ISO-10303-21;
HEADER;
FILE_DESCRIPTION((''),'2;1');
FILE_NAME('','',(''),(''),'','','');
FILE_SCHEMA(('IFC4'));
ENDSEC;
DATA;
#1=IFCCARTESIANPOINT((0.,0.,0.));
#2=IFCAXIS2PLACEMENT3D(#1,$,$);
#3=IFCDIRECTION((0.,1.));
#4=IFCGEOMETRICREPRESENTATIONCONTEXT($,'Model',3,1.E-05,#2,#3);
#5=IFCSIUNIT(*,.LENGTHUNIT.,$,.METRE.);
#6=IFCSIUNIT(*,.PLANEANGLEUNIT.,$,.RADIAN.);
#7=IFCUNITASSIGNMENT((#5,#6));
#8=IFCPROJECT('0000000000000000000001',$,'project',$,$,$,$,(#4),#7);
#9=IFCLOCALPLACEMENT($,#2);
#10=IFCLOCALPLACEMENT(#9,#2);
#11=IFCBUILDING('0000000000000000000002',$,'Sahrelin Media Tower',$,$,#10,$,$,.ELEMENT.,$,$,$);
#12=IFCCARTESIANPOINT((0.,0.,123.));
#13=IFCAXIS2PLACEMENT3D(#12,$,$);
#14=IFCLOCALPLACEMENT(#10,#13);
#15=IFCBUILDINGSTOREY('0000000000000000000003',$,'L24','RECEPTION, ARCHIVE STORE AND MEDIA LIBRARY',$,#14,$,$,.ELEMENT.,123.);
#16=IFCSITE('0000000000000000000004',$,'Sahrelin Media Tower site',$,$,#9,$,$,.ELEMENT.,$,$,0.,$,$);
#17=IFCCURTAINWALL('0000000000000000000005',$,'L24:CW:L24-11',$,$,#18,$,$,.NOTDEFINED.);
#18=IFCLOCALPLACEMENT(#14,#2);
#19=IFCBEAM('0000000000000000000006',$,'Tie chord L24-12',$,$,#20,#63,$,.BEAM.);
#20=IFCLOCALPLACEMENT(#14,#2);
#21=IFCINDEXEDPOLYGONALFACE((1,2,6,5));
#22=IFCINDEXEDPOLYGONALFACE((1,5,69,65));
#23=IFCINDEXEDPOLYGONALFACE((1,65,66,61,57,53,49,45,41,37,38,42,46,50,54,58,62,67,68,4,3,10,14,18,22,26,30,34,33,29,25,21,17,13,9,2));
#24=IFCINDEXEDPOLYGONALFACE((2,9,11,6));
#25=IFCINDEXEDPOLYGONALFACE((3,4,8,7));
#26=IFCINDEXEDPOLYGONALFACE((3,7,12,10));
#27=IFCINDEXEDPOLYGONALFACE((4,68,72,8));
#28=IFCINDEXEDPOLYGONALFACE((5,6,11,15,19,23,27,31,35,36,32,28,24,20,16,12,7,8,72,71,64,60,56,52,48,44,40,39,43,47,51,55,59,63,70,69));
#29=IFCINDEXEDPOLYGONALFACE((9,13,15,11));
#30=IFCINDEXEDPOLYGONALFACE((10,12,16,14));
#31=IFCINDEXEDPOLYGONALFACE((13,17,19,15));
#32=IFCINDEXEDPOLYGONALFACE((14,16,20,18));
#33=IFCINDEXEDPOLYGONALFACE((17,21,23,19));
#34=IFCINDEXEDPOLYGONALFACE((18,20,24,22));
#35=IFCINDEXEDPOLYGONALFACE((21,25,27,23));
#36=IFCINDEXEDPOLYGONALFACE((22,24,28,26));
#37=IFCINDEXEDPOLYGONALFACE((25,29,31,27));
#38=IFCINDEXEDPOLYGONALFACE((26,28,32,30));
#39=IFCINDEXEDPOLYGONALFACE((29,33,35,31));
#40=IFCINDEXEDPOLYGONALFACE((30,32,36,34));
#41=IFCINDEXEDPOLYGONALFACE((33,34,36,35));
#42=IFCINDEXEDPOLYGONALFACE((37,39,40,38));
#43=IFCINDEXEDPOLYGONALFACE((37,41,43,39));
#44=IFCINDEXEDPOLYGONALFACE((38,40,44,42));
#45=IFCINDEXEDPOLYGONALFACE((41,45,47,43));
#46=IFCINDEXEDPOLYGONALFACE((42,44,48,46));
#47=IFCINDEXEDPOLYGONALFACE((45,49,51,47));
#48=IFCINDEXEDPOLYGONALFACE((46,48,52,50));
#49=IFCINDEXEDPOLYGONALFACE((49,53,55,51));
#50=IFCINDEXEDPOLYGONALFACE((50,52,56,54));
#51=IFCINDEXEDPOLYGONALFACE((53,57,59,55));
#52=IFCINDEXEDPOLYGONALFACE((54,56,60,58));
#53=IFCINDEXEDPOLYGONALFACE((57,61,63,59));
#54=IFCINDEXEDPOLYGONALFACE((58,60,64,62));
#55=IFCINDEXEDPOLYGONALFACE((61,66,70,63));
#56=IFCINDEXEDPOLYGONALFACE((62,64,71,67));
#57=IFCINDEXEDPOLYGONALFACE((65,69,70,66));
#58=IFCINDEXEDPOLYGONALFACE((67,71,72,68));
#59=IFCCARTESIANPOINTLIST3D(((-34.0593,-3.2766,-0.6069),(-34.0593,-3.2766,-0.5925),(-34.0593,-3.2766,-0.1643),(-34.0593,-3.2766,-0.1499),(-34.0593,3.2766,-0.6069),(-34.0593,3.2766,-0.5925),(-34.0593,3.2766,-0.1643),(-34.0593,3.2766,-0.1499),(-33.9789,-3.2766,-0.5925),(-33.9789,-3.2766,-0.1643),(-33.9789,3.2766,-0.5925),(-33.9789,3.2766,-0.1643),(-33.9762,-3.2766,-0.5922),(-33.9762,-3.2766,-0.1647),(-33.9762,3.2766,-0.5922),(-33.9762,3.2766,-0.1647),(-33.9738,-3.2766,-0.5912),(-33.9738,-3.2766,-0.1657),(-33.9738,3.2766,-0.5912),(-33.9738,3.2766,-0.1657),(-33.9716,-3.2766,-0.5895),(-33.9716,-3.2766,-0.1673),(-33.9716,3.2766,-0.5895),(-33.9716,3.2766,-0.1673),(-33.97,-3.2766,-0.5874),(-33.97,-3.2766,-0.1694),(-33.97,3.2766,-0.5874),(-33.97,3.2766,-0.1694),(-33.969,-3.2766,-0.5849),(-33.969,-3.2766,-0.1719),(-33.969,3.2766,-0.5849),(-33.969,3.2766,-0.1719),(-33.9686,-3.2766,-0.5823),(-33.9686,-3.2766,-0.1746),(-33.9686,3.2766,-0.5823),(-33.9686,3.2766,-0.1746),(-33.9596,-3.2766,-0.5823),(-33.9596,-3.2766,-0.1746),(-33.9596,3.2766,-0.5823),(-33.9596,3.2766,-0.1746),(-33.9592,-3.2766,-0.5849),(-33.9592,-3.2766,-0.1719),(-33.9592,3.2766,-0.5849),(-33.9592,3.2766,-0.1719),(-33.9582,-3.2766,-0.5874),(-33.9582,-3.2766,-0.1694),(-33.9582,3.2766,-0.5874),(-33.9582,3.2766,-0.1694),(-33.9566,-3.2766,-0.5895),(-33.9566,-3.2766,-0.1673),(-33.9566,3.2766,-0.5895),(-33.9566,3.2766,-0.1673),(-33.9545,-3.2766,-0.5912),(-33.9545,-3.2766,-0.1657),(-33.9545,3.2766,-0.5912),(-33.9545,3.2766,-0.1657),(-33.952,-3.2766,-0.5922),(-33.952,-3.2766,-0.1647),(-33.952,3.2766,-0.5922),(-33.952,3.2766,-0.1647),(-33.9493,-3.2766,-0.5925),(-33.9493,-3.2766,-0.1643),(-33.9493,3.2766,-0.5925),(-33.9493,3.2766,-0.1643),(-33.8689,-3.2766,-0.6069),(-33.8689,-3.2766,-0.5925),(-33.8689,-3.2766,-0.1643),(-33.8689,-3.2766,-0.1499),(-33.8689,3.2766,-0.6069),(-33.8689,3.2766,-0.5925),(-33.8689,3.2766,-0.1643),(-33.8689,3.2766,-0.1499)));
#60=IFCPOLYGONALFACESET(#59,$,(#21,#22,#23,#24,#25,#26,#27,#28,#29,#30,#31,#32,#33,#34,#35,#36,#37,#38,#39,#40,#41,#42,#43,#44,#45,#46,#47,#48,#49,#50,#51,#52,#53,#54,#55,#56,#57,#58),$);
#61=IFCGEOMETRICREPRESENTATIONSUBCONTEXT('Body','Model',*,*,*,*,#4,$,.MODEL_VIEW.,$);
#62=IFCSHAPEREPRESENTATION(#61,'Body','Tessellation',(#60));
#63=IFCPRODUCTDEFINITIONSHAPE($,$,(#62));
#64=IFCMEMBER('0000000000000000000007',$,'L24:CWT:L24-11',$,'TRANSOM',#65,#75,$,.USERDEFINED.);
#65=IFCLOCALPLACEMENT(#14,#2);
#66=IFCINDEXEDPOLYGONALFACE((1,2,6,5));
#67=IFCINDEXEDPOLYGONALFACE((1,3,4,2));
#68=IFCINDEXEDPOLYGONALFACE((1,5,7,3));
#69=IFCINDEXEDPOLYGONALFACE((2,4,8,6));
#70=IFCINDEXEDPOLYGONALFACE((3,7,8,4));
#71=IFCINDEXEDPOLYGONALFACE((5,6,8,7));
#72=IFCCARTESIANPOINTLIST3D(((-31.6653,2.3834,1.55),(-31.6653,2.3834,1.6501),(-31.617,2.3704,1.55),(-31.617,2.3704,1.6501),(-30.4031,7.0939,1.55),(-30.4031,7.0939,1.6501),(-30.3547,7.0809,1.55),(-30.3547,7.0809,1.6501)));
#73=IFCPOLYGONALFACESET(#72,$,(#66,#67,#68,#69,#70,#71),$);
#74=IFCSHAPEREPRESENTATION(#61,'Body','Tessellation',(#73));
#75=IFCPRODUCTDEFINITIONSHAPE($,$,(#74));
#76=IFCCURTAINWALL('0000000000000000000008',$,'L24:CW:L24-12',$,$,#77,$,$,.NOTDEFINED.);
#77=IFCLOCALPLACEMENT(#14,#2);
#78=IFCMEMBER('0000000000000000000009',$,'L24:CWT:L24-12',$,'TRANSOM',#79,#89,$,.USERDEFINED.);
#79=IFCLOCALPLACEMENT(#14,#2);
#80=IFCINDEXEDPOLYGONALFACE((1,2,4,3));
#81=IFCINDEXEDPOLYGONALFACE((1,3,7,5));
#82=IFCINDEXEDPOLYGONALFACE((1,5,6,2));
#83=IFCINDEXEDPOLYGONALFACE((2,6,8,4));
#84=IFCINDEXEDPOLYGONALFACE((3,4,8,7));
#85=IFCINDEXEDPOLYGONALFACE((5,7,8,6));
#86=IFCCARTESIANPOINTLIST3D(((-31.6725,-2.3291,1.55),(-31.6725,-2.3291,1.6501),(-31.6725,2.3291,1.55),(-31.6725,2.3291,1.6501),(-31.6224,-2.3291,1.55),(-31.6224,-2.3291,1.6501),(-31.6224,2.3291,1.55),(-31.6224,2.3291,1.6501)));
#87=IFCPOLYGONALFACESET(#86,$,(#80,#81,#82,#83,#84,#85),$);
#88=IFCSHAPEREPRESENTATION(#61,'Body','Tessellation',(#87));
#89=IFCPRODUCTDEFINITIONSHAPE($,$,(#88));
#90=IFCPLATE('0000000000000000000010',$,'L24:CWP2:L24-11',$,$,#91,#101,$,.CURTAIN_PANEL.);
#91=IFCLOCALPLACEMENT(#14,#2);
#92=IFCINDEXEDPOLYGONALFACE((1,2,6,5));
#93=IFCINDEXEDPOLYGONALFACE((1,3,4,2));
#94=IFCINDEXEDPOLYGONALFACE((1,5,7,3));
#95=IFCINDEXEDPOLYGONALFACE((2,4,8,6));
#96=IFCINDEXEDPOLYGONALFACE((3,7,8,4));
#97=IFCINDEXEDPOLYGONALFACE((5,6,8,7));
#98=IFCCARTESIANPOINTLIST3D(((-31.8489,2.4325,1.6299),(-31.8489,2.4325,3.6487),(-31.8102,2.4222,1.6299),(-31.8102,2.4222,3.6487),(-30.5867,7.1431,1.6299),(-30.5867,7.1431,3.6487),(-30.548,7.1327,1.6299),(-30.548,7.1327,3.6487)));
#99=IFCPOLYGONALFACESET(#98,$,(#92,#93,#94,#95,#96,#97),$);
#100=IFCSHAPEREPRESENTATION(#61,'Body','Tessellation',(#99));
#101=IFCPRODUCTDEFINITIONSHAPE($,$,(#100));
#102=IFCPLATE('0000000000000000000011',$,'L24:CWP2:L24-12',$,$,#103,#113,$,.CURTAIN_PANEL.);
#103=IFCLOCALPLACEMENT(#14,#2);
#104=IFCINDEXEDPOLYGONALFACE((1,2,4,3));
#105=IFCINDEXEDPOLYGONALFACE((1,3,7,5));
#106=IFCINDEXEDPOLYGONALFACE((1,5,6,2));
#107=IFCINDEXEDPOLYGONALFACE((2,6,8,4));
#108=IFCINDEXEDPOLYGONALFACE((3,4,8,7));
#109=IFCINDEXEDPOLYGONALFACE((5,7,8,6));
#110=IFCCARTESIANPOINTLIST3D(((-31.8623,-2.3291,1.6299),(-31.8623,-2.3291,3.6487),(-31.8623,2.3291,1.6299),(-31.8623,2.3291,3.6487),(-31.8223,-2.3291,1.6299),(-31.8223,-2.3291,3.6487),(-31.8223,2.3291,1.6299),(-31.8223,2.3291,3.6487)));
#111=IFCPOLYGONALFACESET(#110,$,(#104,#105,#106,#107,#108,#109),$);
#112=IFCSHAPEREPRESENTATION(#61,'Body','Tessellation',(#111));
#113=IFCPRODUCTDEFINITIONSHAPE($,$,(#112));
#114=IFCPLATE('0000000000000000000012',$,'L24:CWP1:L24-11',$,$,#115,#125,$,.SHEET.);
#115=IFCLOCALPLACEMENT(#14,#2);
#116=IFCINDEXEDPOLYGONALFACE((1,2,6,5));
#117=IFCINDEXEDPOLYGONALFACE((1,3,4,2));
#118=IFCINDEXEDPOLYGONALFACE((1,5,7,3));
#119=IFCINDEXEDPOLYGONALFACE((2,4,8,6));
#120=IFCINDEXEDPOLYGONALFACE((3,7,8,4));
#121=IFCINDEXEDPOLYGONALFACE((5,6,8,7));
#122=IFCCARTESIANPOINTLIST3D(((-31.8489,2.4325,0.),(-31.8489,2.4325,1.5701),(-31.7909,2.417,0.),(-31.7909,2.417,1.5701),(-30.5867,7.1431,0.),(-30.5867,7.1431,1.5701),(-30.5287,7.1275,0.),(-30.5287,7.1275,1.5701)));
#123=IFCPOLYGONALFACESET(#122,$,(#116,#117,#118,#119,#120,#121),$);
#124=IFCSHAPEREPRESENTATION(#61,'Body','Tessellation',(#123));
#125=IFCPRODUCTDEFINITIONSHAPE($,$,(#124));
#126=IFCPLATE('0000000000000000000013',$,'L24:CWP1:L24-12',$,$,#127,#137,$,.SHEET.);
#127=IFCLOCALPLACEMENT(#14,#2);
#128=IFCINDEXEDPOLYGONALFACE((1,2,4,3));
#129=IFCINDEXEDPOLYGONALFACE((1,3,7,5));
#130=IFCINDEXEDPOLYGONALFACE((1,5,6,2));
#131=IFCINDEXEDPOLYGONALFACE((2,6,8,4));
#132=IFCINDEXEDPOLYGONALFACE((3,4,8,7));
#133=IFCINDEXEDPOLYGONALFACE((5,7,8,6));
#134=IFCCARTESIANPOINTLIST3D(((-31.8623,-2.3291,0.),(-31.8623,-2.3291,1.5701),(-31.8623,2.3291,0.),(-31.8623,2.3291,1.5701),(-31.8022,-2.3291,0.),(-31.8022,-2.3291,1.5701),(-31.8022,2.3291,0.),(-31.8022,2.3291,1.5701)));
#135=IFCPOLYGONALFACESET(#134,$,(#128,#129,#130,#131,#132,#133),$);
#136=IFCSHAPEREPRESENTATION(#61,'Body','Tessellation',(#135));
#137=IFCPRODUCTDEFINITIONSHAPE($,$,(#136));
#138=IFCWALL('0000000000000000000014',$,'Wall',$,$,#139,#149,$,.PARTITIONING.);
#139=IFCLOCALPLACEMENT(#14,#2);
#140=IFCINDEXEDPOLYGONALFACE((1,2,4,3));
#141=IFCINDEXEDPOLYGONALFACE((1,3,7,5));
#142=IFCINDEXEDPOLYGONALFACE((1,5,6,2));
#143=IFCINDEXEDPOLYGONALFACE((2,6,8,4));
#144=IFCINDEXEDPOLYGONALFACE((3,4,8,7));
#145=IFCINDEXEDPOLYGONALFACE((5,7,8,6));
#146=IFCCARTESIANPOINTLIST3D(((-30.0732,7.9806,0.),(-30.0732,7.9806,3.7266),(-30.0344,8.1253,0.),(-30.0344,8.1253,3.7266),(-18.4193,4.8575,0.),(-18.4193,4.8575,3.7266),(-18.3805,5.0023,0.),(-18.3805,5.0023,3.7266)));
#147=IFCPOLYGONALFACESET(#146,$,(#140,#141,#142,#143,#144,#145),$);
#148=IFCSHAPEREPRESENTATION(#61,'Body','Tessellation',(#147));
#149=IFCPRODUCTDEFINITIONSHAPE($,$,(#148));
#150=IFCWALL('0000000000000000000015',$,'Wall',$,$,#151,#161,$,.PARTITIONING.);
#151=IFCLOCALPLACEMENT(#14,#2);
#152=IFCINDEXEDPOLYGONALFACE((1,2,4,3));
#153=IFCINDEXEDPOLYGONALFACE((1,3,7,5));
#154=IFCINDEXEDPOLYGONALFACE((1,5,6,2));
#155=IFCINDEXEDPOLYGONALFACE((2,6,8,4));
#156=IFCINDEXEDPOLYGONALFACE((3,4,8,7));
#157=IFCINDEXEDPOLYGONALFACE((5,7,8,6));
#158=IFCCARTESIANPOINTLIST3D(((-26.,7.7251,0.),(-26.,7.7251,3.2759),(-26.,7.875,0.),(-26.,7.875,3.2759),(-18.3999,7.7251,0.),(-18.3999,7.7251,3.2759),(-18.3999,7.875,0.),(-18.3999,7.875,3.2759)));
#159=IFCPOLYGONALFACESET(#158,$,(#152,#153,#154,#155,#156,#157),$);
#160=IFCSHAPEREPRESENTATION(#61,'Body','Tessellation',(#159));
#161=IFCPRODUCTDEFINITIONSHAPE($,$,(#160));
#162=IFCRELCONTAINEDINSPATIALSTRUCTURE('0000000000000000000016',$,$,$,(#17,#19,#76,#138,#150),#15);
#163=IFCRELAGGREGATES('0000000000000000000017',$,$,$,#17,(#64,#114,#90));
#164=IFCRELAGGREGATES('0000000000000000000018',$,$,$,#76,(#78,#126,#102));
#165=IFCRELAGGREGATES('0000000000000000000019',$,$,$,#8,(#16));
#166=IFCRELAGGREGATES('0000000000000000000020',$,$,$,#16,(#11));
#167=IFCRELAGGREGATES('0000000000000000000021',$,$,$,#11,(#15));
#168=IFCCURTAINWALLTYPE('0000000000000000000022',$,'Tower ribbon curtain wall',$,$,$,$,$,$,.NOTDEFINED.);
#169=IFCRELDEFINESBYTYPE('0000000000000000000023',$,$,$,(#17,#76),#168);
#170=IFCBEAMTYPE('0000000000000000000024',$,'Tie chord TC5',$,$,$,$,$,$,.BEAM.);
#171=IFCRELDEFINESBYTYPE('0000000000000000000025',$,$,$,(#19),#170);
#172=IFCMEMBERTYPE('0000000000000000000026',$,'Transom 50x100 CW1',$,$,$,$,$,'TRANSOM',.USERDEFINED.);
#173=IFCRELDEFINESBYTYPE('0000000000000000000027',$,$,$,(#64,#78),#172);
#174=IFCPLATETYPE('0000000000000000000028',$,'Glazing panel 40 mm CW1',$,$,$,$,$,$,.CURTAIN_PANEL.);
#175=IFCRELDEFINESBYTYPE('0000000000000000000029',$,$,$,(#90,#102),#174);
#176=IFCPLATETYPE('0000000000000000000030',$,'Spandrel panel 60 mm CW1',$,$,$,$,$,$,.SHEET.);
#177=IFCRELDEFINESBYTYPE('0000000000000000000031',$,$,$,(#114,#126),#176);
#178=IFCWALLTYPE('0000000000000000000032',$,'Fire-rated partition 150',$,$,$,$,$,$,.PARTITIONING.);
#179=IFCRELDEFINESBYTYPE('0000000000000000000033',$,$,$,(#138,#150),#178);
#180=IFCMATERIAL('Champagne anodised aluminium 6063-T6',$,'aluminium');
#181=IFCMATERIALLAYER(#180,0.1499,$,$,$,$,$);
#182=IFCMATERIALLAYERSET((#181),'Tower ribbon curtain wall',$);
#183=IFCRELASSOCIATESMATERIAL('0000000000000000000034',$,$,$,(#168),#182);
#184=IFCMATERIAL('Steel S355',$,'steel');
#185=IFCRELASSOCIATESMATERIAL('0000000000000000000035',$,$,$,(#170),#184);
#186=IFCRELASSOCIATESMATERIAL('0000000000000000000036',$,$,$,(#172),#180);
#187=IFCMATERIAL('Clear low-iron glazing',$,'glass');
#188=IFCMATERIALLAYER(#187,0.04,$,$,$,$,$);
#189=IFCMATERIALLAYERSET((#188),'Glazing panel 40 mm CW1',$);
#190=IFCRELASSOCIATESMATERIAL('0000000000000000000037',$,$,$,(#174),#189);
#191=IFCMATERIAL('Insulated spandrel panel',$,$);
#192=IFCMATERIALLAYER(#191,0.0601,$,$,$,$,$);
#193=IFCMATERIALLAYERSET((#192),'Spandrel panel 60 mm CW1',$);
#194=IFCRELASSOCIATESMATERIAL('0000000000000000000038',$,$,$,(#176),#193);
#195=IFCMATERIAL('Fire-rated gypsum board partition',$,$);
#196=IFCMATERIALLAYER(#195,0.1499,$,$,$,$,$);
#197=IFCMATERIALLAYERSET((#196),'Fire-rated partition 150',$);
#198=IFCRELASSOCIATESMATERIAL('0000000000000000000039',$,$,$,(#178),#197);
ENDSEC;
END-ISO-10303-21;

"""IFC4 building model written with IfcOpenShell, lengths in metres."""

from ifc_helpers import new_model, si_unit, direction, frame, frame_2d, origin, origin_2d, place, context, subcontext, project, spatial, polyline, rectangle, i_section, outline, extrude, material, layer, layer_set, material_profile, profile_set, type_object, element, aggregate, save


model = new_model("IFC4")

# Units and contexts
model_context = context("Model", 3, precision=1e-05, world=origin(), true_north=direction((0.0, 1.0)))
body_context = subcontext(model_context, "Body", "Model", "MODEL_VIEW")
ifc_project = project(units=[si_unit("LENGTHUNIT", "METRE"), si_unit("PLANEANGLEUNIT", "RADIAN")], contexts=[model_context])

# Site, building, storey
site_placement = place(None, origin())
site = spatial("IfcSite", under=ifc_project, at=site_placement, Name="Sahrelin Media Tower site", CompositionType="ELEMENT", RefElevation=0.0)
building_placement = place(site_placement, origin())
building = spatial("IfcBuilding", under=site, at=building_placement, Name="Sahrelin Media Tower", CompositionType="ELEMENT")
storey_placement = place(building_placement, frame((0.0, 0.0, 123.0)))
storey = spatial("IfcBuildingStorey", under=building, at=storey_placement, Name="L24", Description="RECEPTION, ARCHIVE STORE AND MEDIA LIBRARY", CompositionType="ELEMENT", Elevation=123.0)

# Shared definitions
ifc_material_1 = material(Name="Steel S355", Category="steel")

# Curtain wall
ifc_material_2 = material(Name="Champagne anodised aluminium 6063-T6", Category="aluminium")
ifc_layer_1 = layer(ifc_material_2, 0.1499)
ifc_layer_set_1 = layer_set([ifc_layer_1], Name="Tower ribbon curtain wall")
curtain_wall_type = type_object("IfcCurtainWallType", Name="Tower ribbon curtain wall", PredefinedType="NOTDEFINED", material=ifc_layer_set_1)
curtain_wall_1_placement = place(storey_placement, frame((-31.1985, 4.7827, 0.0), z_axis=(0.0, 0.0, 1.0), x_axis=(1.0, 0.0, 0.0)))
curtain_wall_1 = element("IfcCurtainWall", 1, at=curtain_wall_1_placement, inside=storey, type_object=curtain_wall_type, Name="L24:CW:L24-11", PredefinedType="NOTDEFINED")

# Beam
ifc_material_profile_1 = material_profile(ifc_material_1, i_section(OverallWidth=0.1904, OverallDepth=0.457, WebThickness=0.009, FlangeThickness=0.0144, FilletRadius=0.0103, at=origin_2d()), Name="UB 457x191x74")
ifc_profile_set_1 = profile_set([ifc_material_profile_1], Name="Steel S355")
beam_type_1 = type_object("IfcBeamType", Name="Tie chord TC5", PredefinedType="BEAM", material=ifc_profile_set_1)
beam_1_placement = place(storey_placement, frame((-33.9641, 3.2766, -0.3784), z_axis=(0.0, -1.0, 0.0), x_axis=(1.0, 0.0, 0.0)))
element("IfcBeam", 2, at=beam_1_placement, inside=storey, type_object=beam_type_1, Name="Tie chord L24-12", PredefinedType="BEAM", context=body_context, shape_type="SweptSolid", body=[
    extrude(i_section(OverallWidth=0.1904, OverallDepth=0.457, WebThickness=0.009, FlangeThickness=0.0144, FilletRadius=0.0103, at=origin_2d()), origin(), (0.0, 0.0, 1.0), 6.5532),
])

# Member
ifc_material_profile_2 = material_profile(ifc_material_2, rectangle(XDim=0.05, YDim=0.1001, at=origin_2d()), Name="Transom 50x100")
ifc_profile_set_2 = profile_set([ifc_material_profile_2], Name="Champagne anodised aluminium 6063-T6")
member_type_1 = type_object("IfcMemberType", Name="Transom 50x100 CW1", ElementType="TRANSOM", PredefinedType="USERDEFINED", material=ifc_profile_set_2)
member_1_placement = place(storey_placement, frame((-30.3789, 7.0874, 1.6001), z_axis=(-0.258828, -0.965923, 0.0), x_axis=(0.965923, -0.258828, 0.0)))
member_1 = element("IfcMember", 3, at=member_1_placement, type_object=member_type_1, Name="L24:CWT:L24-11", ObjectType="TRANSOM", PredefinedType="USERDEFINED", context=body_context, shape_type="SweptSolid", body=[
    extrude(rectangle(XDim=0.05, YDim=0.1001, at=origin_2d()), origin(), (0.0, 0.0, 1.0), 4.8767),
])

# Curtain wall, member
curtain_wall_2_placement = place(storey_placement, frame((-31.8423, 0.0, 0.0), z_axis=(0.0, 0.0, 1.0), x_axis=(1.0, 0.0, 0.0)))
curtain_wall_2 = element("IfcCurtainWall", 4, at=curtain_wall_2_placement, inside=storey, type_object=curtain_wall_type, Name="L24:CW:L24-12", PredefinedType="NOTDEFINED")
member_2_placement = place(storey_placement, frame((-31.6475, 2.3291, 1.6001), z_axis=(0.0, -1.0, 0.0), x_axis=(1.0, 0.0, 0.0)))
member_2 = element("IfcMember", 5, at=member_2_placement, type_object=member_type_1, Name="L24:CWT:L24-12", ObjectType="TRANSOM", PredefinedType="USERDEFINED", context=body_context, shape_type="SweptSolid", body=[
    extrude(rectangle(XDim=0.05, YDim=0.1001, at=origin_2d()), origin(), (0.0, 0.0, 1.0), 4.6582),
])

# Plates
ifc_material_3 = material(Name="Clear low-iron glazing", Category="glass")
ifc_layer_2 = layer(ifc_material_3, 0.04)
ifc_layer_set_2 = layer_set([ifc_layer_2], Name="Glazing panel 40 mm CW1")
plate_type_1 = type_object("IfcPlateType", Name="Glazing panel 40 mm CW1", PredefinedType="CURTAIN_PANEL", material=ifc_layer_set_2)
plate_1_placement = place(storey_placement, frame((-30.5867, 7.1431, 1.6299), z_axis=(-0.965923, 0.258828, 0.0), x_axis=(-0.258828, -0.965923, 0.0)))
plate_1 = element("IfcPlate", 6, at=plate_1_placement, type_object=plate_type_1, Name="L24:CWP2:L24-11", PredefinedType="CURTAIN_PANEL", context=body_context, shape_type="SweptSolid", body=[
    extrude(outline(polyline([(0.0, 0.0), (4.8767, 0.0), (4.8767, 2.0188), (0.0, 2.0188), (0.0, 0.0)])), origin(), (0.0, 0.0, -1.0), 0.04),
])
plate_2_placement = place(storey_placement, frame((-31.8623, 2.3291, 1.6299), z_axis=(-1.0, 0.0, 0.0), x_axis=(0.0, -1.0, 0.0)))
plate_2 = element("IfcPlate", 7, at=plate_2_placement, type_object=plate_type_1, Name="L24:CWP2:L24-12", PredefinedType="CURTAIN_PANEL", context=body_context, shape_type="SweptSolid", body=[
    extrude(outline(polyline([(0.0, 0.0), (4.6582, 0.0), (4.6582, 2.0188), (0.0, 2.0188), (0.0, 0.0)])), origin(), (0.0, 0.0, -1.0), 0.04),
])
ifc_material_4 = material(Name="Insulated spandrel panel")
ifc_layer_3 = layer(ifc_material_4, 0.0601)
ifc_layer_set_3 = layer_set([ifc_layer_3], Name="Spandrel panel 60 mm CW1")
plate_type_2 = type_object("IfcPlateType", Name="Spandrel panel 60 mm CW1", PredefinedType="SHEET", material=ifc_layer_set_3)
plate_3_placement = place(storey_placement, frame((-30.5867, 7.1431, 0.0), z_axis=(-0.965923, 0.258828, 0.0), x_axis=(-0.258828, -0.965923, 0.0)))
plate_3 = element("IfcPlate", 8, at=plate_3_placement, type_object=plate_type_2, Name="L24:CWP1:L24-11", PredefinedType="SHEET", context=body_context, shape_type="SweptSolid", body=[
    extrude(outline(polyline([(0.0, 0.0), (4.8767, 0.0), (4.8767, 1.5701), (0.0, 1.5701), (0.0, 0.0)])), origin(), (0.0, 0.0, -1.0), 0.0601),
])
aggregate(curtain_wall_1, [member_1, plate_3, plate_1])
plate_4_placement = place(storey_placement, frame((-31.8623, 2.3291, 0.0), z_axis=(-1.0, 0.0, 0.0), x_axis=(0.0, -1.0, 0.0)))
plate_4 = element("IfcPlate", 9, at=plate_4_placement, type_object=plate_type_2, Name="L24:CWP1:L24-12", PredefinedType="SHEET", context=body_context, shape_type="SweptSolid", body=[
    extrude(outline(polyline([(0.0, 0.0), (4.6582, 0.0), (4.6582, 1.5701), (0.0, 1.5701), (0.0, 0.0)])), origin(), (0.0, 0.0, -1.0), 0.0601),
])
aggregate(curtain_wall_2, [member_2, plate_4, plate_2])

# Walls
ifc_material_5 = material(Name="Fire-rated gypsum board partition")
ifc_layer_4 = layer(ifc_material_5, 0.1499)
ifc_layer_set_4 = layer_set([ifc_layer_4], Name="Fire-rated partition 150")
wall_type = type_object("IfcWallType", Name="Fire-rated partition 150", PredefinedType="PARTITIONING", material=ifc_layer_set_4)
wall_1_placement = place(storey_placement, frame((-30.054, 8.053, 0.0), z_axis=(0.0, 0.0, 1.0), x_axis=(0.965919, -0.258846, 0.0)))
element("IfcWall", 10, at=wall_1_placement, inside=storey, type_object=wall_type, Name="Wall", PredefinedType="PARTITIONING", context=body_context, shape_type="SweptSolid", body=[
    extrude(rectangle(XDim=12.0652, YDim=0.1499, at=frame_2d((6.0327, 0.0))), origin(), (0.0, 0.0, 1.0), 3.7266),
])
wall_2_placement = place(storey_placement, frame((-26.0, 7.8, 0.0), z_axis=(0.0, 0.0, 1.0), x_axis=(1.0, 0.0, 0.0)))
element("IfcWall", 11, at=wall_2_placement, inside=storey, type_object=wall_type, Name="Wall", PredefinedType="PARTITIONING", context=body_context, shape_type="SweptSolid", body=[
    extrude(rectangle(XDim=7.6001, YDim=0.1499, at=frame_2d((3.8, 0.0))), origin(), (0.0, 0.0, 1.0), 3.2759),
])

save(model, "model.ifc")
